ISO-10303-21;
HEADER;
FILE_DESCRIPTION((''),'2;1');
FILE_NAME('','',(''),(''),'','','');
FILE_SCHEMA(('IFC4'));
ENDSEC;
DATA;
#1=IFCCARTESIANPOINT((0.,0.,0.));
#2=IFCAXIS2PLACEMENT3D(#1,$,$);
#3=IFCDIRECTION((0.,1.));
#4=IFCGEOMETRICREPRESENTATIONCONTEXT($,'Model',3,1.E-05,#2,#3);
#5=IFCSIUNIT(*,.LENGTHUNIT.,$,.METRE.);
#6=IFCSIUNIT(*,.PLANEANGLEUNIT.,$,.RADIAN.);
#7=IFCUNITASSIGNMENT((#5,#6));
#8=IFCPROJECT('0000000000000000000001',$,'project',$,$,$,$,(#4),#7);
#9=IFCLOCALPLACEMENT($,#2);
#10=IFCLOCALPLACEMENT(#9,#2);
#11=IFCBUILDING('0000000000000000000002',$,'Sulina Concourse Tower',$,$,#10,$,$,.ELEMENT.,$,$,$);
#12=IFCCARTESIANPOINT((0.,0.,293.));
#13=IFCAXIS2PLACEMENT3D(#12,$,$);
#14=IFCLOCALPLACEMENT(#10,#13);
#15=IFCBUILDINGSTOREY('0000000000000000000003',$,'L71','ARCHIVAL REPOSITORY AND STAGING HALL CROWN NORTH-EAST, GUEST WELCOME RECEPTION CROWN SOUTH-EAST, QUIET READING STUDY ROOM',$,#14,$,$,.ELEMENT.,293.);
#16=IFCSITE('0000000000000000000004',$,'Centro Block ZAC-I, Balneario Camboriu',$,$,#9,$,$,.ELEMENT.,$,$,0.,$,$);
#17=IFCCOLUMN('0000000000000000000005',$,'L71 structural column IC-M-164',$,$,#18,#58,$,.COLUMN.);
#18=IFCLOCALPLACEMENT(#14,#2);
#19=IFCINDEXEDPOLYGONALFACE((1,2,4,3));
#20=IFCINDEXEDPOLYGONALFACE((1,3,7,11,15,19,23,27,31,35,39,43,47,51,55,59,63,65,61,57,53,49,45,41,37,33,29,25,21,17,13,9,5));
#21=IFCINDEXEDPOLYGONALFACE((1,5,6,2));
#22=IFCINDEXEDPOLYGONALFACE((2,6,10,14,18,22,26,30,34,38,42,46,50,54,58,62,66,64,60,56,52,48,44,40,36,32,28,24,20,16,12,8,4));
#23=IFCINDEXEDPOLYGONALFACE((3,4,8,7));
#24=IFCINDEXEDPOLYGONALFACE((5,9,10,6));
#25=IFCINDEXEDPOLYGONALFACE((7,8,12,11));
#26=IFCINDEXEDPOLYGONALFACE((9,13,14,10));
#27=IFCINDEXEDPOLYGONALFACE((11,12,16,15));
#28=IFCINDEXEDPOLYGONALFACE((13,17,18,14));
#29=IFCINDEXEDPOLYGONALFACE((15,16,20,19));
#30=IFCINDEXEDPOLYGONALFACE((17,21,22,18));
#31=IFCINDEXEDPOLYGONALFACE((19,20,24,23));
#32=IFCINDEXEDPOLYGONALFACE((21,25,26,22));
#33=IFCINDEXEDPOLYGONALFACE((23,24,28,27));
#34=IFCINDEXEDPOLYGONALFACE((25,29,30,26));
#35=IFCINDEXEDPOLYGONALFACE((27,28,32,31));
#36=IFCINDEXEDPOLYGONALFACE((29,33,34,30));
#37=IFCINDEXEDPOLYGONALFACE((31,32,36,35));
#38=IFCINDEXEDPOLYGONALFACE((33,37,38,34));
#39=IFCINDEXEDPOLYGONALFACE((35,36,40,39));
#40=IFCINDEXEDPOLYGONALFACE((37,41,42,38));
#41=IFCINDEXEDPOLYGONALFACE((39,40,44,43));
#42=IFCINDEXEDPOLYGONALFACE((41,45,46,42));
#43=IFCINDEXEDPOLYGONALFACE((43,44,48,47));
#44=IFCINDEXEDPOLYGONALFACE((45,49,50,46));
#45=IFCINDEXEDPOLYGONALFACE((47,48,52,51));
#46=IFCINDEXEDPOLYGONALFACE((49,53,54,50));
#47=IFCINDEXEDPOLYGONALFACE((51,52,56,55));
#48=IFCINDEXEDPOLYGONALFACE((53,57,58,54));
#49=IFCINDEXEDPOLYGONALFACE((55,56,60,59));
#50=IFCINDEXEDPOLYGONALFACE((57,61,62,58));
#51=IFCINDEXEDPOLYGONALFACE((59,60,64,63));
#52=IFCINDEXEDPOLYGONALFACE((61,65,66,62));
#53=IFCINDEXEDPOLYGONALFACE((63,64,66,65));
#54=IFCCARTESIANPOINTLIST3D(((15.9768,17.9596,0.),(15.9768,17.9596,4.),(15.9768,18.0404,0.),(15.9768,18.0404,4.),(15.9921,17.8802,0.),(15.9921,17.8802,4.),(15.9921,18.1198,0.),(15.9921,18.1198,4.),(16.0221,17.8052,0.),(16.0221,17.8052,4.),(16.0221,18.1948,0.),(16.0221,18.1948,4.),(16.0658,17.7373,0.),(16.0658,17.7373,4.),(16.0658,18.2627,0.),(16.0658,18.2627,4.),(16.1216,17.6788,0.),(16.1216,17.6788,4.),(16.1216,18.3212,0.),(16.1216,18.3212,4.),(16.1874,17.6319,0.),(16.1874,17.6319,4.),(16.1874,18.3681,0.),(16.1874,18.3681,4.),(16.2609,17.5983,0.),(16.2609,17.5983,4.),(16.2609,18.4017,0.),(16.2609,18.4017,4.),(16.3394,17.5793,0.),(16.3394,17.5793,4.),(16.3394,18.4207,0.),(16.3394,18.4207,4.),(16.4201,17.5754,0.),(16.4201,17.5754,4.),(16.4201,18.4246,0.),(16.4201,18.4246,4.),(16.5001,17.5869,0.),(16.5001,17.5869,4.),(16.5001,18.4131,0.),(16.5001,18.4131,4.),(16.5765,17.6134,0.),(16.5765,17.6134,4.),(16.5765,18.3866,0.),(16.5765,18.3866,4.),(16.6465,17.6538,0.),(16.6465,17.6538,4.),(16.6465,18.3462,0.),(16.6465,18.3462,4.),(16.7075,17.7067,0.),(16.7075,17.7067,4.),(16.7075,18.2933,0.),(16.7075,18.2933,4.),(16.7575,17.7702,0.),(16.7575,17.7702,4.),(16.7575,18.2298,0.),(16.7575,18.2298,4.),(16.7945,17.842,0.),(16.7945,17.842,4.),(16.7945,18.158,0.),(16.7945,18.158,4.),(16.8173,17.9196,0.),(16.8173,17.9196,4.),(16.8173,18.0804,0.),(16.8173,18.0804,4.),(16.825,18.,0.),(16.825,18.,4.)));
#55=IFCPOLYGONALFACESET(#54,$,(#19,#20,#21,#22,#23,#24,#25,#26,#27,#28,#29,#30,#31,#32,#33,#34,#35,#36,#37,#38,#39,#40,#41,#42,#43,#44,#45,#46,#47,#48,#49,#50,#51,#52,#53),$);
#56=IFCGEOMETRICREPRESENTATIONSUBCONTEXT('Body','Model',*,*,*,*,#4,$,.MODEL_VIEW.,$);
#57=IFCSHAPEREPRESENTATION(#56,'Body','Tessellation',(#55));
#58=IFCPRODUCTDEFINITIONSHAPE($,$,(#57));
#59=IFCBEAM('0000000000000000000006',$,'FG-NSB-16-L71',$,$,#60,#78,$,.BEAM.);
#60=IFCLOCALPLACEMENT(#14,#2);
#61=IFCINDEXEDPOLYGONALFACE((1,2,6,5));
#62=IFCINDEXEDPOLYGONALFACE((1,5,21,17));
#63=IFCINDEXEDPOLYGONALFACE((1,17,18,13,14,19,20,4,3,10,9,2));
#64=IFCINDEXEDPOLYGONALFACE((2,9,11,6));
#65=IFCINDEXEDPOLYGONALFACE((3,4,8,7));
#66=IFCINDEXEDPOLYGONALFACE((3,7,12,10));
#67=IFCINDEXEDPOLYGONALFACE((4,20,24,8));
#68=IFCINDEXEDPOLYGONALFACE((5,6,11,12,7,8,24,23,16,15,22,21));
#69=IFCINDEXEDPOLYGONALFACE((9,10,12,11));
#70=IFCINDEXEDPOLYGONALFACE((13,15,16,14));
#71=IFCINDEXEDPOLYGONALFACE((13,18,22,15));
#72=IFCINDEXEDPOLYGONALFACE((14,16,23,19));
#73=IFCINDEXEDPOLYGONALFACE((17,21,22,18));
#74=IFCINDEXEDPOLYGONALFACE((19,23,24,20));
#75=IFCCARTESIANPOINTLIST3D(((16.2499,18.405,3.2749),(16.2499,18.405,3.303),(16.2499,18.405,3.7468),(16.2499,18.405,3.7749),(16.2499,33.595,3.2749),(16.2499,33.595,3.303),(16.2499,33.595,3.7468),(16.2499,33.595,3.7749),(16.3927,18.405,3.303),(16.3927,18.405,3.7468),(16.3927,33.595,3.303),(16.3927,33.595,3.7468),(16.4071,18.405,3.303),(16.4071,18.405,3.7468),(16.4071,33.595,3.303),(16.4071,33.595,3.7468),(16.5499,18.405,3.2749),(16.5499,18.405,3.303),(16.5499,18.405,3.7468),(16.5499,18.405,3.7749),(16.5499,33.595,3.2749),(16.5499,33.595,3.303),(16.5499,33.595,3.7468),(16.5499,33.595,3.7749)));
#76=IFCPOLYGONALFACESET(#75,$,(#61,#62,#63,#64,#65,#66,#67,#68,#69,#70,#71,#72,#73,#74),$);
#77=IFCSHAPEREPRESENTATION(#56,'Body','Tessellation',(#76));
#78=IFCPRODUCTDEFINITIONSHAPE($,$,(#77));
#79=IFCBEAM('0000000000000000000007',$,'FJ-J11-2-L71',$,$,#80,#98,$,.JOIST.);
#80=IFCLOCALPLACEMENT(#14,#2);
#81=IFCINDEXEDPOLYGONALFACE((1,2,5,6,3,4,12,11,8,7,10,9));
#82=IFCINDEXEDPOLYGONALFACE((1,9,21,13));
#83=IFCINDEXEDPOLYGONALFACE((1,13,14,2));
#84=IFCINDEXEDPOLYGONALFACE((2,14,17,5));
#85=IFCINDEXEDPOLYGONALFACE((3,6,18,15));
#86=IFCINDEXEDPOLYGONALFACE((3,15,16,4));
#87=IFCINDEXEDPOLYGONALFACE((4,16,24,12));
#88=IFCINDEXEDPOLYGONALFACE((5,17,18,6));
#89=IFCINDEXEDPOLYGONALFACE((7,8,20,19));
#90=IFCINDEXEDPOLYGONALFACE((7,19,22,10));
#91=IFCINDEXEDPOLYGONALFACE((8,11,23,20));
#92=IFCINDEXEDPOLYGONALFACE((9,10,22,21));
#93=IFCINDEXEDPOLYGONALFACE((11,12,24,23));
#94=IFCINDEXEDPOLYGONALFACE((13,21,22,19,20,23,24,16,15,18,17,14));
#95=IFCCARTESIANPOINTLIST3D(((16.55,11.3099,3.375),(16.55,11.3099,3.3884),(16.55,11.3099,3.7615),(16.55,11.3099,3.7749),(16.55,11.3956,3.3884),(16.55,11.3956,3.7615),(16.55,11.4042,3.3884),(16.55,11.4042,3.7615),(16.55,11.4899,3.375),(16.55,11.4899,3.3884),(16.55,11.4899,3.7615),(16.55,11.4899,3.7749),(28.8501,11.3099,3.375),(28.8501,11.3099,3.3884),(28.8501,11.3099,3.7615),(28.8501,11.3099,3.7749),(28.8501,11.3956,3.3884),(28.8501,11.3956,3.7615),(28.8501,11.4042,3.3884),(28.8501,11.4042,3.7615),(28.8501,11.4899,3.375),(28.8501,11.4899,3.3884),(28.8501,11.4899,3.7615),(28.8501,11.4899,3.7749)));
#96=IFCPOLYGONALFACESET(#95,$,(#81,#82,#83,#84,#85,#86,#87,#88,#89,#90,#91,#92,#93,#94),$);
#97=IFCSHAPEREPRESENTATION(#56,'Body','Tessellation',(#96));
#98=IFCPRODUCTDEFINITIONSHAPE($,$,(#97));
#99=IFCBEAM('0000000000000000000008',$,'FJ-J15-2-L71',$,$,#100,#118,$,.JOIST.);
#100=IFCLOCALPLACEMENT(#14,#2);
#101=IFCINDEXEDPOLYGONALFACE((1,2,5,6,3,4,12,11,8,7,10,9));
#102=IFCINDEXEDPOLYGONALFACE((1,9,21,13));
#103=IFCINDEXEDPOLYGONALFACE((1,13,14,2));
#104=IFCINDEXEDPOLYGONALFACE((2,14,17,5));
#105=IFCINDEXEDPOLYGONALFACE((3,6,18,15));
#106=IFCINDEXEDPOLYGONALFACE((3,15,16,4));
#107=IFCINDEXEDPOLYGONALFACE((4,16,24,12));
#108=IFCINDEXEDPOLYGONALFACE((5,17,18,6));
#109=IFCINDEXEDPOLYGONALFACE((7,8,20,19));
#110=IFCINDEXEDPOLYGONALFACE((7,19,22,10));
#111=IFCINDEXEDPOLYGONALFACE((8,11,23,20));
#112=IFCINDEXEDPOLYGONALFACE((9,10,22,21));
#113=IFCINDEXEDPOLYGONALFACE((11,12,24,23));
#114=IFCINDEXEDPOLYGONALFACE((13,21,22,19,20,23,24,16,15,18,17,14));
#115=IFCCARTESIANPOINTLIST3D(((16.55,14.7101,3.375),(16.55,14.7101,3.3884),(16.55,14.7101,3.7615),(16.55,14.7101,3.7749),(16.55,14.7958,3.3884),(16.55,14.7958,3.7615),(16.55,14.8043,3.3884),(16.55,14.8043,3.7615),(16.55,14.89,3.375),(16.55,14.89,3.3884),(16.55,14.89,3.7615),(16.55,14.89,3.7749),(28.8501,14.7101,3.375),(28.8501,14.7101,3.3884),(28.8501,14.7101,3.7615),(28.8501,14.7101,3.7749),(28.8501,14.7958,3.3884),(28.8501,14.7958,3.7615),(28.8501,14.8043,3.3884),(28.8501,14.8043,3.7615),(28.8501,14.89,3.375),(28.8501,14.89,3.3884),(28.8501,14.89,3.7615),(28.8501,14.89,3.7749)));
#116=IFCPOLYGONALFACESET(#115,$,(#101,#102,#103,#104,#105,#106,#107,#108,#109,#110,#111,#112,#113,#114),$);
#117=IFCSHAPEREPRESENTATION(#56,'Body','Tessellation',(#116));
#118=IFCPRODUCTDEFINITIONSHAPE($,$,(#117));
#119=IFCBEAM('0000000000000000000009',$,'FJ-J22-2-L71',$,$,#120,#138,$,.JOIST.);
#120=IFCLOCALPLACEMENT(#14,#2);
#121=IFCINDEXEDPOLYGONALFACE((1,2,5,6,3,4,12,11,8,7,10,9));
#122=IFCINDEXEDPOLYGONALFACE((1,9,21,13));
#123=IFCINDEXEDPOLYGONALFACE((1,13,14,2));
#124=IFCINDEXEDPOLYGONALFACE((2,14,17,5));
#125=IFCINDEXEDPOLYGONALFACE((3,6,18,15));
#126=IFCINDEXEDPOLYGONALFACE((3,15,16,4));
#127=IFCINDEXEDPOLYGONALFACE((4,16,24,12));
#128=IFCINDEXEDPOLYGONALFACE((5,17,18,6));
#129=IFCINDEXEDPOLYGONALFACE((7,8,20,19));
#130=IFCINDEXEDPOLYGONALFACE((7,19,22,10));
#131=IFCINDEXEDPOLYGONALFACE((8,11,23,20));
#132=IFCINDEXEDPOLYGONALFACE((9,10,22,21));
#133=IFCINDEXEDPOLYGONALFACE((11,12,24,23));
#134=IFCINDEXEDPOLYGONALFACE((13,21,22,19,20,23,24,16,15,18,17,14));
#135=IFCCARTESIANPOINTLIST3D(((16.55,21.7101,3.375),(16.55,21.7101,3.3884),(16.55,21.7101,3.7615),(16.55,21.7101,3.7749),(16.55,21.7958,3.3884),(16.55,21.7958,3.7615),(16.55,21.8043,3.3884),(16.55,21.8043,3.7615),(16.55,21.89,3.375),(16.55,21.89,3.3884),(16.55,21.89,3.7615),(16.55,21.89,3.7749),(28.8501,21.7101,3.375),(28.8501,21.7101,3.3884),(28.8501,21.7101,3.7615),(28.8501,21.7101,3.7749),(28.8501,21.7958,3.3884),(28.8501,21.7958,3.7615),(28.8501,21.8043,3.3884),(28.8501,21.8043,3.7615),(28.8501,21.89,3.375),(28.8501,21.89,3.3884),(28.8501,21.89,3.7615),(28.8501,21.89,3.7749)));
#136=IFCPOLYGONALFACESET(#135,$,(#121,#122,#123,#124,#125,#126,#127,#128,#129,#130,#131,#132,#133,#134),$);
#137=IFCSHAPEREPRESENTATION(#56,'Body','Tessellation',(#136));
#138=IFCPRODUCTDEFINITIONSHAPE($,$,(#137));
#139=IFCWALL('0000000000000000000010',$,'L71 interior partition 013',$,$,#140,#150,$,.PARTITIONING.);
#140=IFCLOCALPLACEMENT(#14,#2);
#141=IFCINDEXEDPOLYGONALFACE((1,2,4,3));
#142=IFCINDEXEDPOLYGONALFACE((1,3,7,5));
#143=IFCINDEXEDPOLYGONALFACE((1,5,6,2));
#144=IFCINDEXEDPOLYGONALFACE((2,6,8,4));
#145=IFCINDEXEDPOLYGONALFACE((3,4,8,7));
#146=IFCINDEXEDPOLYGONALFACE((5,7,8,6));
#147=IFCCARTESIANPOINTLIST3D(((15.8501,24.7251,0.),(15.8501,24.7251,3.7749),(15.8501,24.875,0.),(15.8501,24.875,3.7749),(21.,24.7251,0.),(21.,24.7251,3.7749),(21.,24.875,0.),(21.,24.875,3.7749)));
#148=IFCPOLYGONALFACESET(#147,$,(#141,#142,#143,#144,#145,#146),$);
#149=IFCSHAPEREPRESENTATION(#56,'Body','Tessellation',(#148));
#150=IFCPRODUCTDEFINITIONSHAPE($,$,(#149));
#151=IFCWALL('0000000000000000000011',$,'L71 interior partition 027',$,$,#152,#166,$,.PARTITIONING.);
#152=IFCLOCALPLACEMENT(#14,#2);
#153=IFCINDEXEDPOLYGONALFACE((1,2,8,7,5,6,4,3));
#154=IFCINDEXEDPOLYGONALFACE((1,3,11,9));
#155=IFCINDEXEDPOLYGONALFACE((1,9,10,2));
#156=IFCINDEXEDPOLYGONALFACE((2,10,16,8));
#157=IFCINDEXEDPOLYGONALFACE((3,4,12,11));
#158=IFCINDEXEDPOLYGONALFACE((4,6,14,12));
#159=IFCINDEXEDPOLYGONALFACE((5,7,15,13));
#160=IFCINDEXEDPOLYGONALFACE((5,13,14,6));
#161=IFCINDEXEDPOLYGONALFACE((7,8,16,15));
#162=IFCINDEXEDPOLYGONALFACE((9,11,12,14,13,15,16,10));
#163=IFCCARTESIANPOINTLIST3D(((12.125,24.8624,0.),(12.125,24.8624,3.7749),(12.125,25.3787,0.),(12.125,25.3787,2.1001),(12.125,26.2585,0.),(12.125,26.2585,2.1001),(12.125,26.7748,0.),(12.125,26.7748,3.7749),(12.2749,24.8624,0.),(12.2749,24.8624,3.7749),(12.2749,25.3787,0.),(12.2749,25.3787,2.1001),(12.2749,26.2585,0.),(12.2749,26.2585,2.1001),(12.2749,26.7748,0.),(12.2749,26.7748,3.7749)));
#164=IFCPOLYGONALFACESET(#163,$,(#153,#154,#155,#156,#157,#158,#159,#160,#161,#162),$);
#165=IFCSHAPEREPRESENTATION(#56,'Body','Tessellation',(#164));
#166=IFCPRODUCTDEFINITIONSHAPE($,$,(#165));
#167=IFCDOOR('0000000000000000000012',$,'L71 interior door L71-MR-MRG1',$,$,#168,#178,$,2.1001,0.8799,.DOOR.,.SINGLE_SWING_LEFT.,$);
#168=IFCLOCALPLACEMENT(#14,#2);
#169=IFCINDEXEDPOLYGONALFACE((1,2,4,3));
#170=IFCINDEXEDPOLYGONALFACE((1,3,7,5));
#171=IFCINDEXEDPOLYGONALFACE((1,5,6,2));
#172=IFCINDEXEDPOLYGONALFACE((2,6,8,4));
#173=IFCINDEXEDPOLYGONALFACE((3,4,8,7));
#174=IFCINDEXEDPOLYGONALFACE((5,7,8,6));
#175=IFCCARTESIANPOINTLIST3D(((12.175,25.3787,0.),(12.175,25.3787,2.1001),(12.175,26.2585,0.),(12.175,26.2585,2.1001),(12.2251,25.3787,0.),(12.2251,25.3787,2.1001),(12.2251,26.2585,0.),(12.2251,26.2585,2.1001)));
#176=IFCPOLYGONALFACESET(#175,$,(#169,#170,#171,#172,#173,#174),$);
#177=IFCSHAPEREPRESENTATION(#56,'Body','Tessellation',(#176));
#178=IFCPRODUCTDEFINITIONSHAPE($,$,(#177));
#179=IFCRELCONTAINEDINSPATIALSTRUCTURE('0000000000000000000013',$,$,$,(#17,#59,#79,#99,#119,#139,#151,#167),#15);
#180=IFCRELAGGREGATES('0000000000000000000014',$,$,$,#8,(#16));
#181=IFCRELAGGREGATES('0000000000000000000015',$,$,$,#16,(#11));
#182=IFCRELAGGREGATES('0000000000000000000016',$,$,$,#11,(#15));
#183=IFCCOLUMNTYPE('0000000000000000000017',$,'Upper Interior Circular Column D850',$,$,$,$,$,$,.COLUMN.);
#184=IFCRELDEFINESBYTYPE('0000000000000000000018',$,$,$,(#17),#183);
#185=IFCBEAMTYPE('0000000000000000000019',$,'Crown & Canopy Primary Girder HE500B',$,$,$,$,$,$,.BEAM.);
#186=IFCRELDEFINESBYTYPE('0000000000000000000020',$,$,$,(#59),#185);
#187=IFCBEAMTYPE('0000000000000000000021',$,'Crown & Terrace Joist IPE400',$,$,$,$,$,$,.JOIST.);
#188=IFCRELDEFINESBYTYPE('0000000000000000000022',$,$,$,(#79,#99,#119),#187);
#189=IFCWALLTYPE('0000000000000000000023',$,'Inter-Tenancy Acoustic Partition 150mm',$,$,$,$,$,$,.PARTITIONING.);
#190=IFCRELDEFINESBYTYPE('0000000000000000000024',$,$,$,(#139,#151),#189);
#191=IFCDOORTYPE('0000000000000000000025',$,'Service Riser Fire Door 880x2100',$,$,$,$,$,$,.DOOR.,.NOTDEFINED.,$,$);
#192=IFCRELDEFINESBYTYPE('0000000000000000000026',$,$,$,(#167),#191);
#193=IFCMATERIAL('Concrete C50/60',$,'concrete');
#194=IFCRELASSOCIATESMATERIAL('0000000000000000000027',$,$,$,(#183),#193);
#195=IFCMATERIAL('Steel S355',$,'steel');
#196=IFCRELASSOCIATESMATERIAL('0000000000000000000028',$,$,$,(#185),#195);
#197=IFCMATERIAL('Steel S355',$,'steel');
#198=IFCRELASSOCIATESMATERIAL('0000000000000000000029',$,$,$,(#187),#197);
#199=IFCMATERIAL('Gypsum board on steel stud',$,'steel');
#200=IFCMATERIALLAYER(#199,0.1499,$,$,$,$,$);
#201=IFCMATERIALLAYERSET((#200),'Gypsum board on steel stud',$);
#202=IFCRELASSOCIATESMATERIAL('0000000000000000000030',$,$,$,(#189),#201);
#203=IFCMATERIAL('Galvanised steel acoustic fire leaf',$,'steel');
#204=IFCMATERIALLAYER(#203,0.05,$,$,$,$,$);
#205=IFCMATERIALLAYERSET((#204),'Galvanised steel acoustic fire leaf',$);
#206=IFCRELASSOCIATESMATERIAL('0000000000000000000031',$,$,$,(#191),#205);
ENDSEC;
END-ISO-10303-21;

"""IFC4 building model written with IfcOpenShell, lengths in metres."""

from ifc_helpers import new_model, si_unit, direction, frame, frame_2d, origin, origin_2d, place, context, subcontext, project, spatial, rectangle, circle, i_section, extrude, material, layer, layer_set, material_profile, profile_set, type_object, element, fill, save


model = new_model("IFC4")

# Units and contexts
model_context = context("Model", 3, precision=1e-05, world=origin(), true_north=direction((0.0, 1.0)))
body_context = subcontext(model_context, "Body", "Model", "MODEL_VIEW")
ifc_project = project(units=[si_unit("LENGTHUNIT", "METRE"), si_unit("PLANEANGLEUNIT", "RADIAN")], contexts=[model_context])

# Site, building, storey
site_placement = place(None, origin())
site = spatial("IfcSite", under=ifc_project, at=site_placement, Name="Centro Block ZAC-I, Balneario Camboriu", CompositionType="ELEMENT", RefElevation=0.0)
building_placement = place(site_placement, origin())
building = spatial("IfcBuilding", under=site, at=building_placement, Name="Sulina Concourse Tower", CompositionType="ELEMENT")
storey_placement = place(building_placement, frame((0.0, 0.0, 293.0)))
storey = spatial("IfcBuildingStorey", under=building, at=storey_placement, Name="L71", Description="ARCHIVAL REPOSITORY AND STAGING HALL CROWN NORTH-EAST, GUEST WELCOME RECEPTION CROWN SOUTH-EAST, QUIET READING STUDY ROOM", CompositionType="ELEMENT", Elevation=293.0)

# Column
ifc_material_1 = material(Name="Concrete C50/60", Category="concrete")
ifc_material_profile_1 = material_profile(ifc_material_1, circle(Radius=0.425, at=origin_2d()), Name="RC D850")
ifc_profile_set_1 = profile_set([ifc_material_profile_1], Name="Concrete C50/60")
column_type = type_object("IfcColumnType", Name="Upper Interior Circular Column D850", PredefinedType="COLUMN", material=ifc_profile_set_1)
column_placement = place(storey_placement, frame((16.3999, 18.0, 0.0), z_axis=(0.0, 0.0, 1.0), x_axis=(1.0, 0.0, 0.0)))
element("IfcColumn", 1, at=column_placement, inside=storey, type_object=column_type, Name="L71 structural column IC-M-164", PredefinedType="COLUMN", context=body_context, shape_type="SweptSolid", body=[
    extrude(circle(Radius=0.425, at=origin_2d()), origin(), (0.0, 0.0, 1.0), 4.0),
])

# Beams
ifc_material_2 = material(Name="Steel S355", Category="steel")
ifc_material_profile_2 = material_profile(ifc_material_2, i_section(OverallWidth=0.3, OverallDepth=0.5, WebThickness=0.0144, FlangeThickness=0.0281, at=origin_2d()), Name="HE 500 B")
ifc_profile_set_2 = profile_set([ifc_material_profile_2], Name="Steel S355")
beam_type_1 = type_object("IfcBeamType", Name="Crown & Canopy Primary Girder HE500B", PredefinedType="BEAM", material=ifc_profile_set_2)
beam_placement = place(storey_placement, frame((16.3999, 18.405, 3.5249), z_axis=(0.0, 1.0, 0.0), x_axis=(-1.0, 0.0, 0.0)))
element("IfcBeam", 2, at=beam_placement, inside=storey, type_object=beam_type_1, Name="FG-NSB-16-L71", PredefinedType="BEAM", context=body_context, shape_type="SweptSolid", body=[
    extrude(i_section(OverallWidth=0.3, OverallDepth=0.5, WebThickness=0.0144, FlangeThickness=0.0281, at=origin_2d()), origin(), (0.0, 0.0, 1.0), 15.1899),
])
ifc_material_3 = material(Name="Steel S355", Category="steel")
ifc_material_profile_3 = material_profile(ifc_material_3, i_section(OverallWidth=0.1799, OverallDepth=0.3999, WebThickness=0.0085, FlangeThickness=0.0134, at=origin_2d()), Name="IPE 400")
ifc_profile_set_3 = profile_set([ifc_material_profile_3], Name="Steel S355")
beam_type_2 = type_object("IfcBeamType", Name="Crown & Terrace Joist IPE400", PredefinedType="JOIST", material=ifc_profile_set_3)
for number, where, z_axis, x_axis, name in (
    (3, (16.55, 11.3999, 3.575), (1.0, 0.0, 0.0), (0.0, 1.0, 0.0), "FJ-J11-2-L71"),
    (4, (16.55, 14.8, 3.575), (1.0, 0.0, 0.0), (0.0, 1.0, 0.0), "FJ-J15-2-L71"),
    (5, (16.55, 21.8, 3.575), (1.0, 0.0, 0.0), (0.0, 1.0, 0.0), "FJ-J22-2-L71"),
):
    element("IfcBeam", number, at=place(storey_placement, frame(where, z_axis=z_axis, x_axis=x_axis)), inside=storey, type_object=beam_type_2, Name=name, PredefinedType="JOIST", context=body_context, shape_type="SweptSolid", body=[
        extrude(i_section(OverallWidth=0.1799, OverallDepth=0.3999, WebThickness=0.0085, FlangeThickness=0.0134, at=origin_2d()), origin(), (0.0, 0.0, 1.0), 12.3),
    ])

# Wall
ifc_material_4 = material(Name="Gypsum board on steel stud", Category="steel")
ifc_layer_1 = layer(ifc_material_4, 0.1499)
ifc_layer_set_1 = layer_set([ifc_layer_1], Name="Gypsum board on steel stud")
wall_type_1 = type_object("IfcWallType", Name="Inter-Tenancy Acoustic Partition 150mm", PredefinedType="PARTITIONING", material=ifc_layer_set_1)
wall_1_placement = place(storey_placement, frame((15.8501, 24.8, 0.0), z_axis=(0.0, 0.0, 1.0), x_axis=(1.0, 0.0, 0.0)))
element("IfcWall", 6, at=wall_1_placement, inside=storey, type_object=wall_type_1, Name="L71 interior partition 013", PredefinedType="PARTITIONING", context=body_context, shape_type="SweptSolid", body=[
    extrude(rectangle(XDim=5.1499, YDim=0.1499, at=frame_2d((2.575, 0.0))), origin(), (0.0, 0.0, 1.0), 3.7749),
])

# Wall, opening, door
wall_2_placement = place(storey_placement, frame((12.2, 24.8625, 0.0), z_axis=(0.0, 0.0, 1.0), x_axis=(0.0, 1.0, 0.0)))
wall_2 = element("IfcWall", 7, at=wall_2_placement, inside=storey, type_object=wall_type_1, Name="L71 interior partition 027", PredefinedType="PARTITIONING", context=body_context, shape_type="SweptSolid", body=[
    extrude(rectangle(XDim=1.9124, YDim=0.1499, at=frame_2d((0.9561, 0.0))), origin(), (0.0, 0.0, 1.0), 3.7749),
])
opening_1_placement = place(wall_2_placement, frame((0.5161, 0.0, 0.0)))
opening_1 = element("IfcOpeningElement", 8, at=opening_1_placement, cuts=wall_2, PredefinedType="OPENING", context=body_context, shape_type="SweptSolid", body=[
    extrude(rectangle(XDim=0.8799, YDim=2.1001, at=frame_2d((0.4399, 1.05))), frame((0.0, 0.085, 0.0), z_axis=(0.0, -1.0, 0.0), x_axis=(1.0, 0.0, 0.0)), (0.0, 0.0, 1.0), 0.1699),
])
ifc_material_5 = material(Name="Galvanised steel acoustic fire leaf", Category="steel")
ifc_layer_2 = layer(ifc_material_5, 0.05)
ifc_layer_set_2 = layer_set([ifc_layer_2], Name="Galvanised steel acoustic fire leaf")
door_type_1 = type_object("IfcDoorType", Name="Service Riser Fire Door 880x2100", OperationType="NOTDEFINED", PredefinedType="DOOR", material=ifc_layer_set_2)
door_1_placement = place(opening_1_placement, origin())
door_1 = element("IfcDoor", 9, at=door_1_placement, inside=storey, type_object=door_type_1, Name="L71 interior door L71-MR-MRG1", OperationType="SINGLE_SWING_LEFT", OverallHeight=2.1001, OverallWidth=0.8799, PredefinedType="DOOR", context=body_context, shape_type="SweptSolid", body=[
    extrude(rectangle(XDim=0.8799, YDim=2.1001, at=frame_2d((0.4399, 1.05))), frame((0.0, 0.0249, 0.0), z_axis=(0.0, -1.0, 0.0), x_axis=(1.0, 0.0, 0.0)), (0.0, 0.0, 1.0), 0.05),
])
fill(opening_1, door_1)

save(model, "model.ifc")
